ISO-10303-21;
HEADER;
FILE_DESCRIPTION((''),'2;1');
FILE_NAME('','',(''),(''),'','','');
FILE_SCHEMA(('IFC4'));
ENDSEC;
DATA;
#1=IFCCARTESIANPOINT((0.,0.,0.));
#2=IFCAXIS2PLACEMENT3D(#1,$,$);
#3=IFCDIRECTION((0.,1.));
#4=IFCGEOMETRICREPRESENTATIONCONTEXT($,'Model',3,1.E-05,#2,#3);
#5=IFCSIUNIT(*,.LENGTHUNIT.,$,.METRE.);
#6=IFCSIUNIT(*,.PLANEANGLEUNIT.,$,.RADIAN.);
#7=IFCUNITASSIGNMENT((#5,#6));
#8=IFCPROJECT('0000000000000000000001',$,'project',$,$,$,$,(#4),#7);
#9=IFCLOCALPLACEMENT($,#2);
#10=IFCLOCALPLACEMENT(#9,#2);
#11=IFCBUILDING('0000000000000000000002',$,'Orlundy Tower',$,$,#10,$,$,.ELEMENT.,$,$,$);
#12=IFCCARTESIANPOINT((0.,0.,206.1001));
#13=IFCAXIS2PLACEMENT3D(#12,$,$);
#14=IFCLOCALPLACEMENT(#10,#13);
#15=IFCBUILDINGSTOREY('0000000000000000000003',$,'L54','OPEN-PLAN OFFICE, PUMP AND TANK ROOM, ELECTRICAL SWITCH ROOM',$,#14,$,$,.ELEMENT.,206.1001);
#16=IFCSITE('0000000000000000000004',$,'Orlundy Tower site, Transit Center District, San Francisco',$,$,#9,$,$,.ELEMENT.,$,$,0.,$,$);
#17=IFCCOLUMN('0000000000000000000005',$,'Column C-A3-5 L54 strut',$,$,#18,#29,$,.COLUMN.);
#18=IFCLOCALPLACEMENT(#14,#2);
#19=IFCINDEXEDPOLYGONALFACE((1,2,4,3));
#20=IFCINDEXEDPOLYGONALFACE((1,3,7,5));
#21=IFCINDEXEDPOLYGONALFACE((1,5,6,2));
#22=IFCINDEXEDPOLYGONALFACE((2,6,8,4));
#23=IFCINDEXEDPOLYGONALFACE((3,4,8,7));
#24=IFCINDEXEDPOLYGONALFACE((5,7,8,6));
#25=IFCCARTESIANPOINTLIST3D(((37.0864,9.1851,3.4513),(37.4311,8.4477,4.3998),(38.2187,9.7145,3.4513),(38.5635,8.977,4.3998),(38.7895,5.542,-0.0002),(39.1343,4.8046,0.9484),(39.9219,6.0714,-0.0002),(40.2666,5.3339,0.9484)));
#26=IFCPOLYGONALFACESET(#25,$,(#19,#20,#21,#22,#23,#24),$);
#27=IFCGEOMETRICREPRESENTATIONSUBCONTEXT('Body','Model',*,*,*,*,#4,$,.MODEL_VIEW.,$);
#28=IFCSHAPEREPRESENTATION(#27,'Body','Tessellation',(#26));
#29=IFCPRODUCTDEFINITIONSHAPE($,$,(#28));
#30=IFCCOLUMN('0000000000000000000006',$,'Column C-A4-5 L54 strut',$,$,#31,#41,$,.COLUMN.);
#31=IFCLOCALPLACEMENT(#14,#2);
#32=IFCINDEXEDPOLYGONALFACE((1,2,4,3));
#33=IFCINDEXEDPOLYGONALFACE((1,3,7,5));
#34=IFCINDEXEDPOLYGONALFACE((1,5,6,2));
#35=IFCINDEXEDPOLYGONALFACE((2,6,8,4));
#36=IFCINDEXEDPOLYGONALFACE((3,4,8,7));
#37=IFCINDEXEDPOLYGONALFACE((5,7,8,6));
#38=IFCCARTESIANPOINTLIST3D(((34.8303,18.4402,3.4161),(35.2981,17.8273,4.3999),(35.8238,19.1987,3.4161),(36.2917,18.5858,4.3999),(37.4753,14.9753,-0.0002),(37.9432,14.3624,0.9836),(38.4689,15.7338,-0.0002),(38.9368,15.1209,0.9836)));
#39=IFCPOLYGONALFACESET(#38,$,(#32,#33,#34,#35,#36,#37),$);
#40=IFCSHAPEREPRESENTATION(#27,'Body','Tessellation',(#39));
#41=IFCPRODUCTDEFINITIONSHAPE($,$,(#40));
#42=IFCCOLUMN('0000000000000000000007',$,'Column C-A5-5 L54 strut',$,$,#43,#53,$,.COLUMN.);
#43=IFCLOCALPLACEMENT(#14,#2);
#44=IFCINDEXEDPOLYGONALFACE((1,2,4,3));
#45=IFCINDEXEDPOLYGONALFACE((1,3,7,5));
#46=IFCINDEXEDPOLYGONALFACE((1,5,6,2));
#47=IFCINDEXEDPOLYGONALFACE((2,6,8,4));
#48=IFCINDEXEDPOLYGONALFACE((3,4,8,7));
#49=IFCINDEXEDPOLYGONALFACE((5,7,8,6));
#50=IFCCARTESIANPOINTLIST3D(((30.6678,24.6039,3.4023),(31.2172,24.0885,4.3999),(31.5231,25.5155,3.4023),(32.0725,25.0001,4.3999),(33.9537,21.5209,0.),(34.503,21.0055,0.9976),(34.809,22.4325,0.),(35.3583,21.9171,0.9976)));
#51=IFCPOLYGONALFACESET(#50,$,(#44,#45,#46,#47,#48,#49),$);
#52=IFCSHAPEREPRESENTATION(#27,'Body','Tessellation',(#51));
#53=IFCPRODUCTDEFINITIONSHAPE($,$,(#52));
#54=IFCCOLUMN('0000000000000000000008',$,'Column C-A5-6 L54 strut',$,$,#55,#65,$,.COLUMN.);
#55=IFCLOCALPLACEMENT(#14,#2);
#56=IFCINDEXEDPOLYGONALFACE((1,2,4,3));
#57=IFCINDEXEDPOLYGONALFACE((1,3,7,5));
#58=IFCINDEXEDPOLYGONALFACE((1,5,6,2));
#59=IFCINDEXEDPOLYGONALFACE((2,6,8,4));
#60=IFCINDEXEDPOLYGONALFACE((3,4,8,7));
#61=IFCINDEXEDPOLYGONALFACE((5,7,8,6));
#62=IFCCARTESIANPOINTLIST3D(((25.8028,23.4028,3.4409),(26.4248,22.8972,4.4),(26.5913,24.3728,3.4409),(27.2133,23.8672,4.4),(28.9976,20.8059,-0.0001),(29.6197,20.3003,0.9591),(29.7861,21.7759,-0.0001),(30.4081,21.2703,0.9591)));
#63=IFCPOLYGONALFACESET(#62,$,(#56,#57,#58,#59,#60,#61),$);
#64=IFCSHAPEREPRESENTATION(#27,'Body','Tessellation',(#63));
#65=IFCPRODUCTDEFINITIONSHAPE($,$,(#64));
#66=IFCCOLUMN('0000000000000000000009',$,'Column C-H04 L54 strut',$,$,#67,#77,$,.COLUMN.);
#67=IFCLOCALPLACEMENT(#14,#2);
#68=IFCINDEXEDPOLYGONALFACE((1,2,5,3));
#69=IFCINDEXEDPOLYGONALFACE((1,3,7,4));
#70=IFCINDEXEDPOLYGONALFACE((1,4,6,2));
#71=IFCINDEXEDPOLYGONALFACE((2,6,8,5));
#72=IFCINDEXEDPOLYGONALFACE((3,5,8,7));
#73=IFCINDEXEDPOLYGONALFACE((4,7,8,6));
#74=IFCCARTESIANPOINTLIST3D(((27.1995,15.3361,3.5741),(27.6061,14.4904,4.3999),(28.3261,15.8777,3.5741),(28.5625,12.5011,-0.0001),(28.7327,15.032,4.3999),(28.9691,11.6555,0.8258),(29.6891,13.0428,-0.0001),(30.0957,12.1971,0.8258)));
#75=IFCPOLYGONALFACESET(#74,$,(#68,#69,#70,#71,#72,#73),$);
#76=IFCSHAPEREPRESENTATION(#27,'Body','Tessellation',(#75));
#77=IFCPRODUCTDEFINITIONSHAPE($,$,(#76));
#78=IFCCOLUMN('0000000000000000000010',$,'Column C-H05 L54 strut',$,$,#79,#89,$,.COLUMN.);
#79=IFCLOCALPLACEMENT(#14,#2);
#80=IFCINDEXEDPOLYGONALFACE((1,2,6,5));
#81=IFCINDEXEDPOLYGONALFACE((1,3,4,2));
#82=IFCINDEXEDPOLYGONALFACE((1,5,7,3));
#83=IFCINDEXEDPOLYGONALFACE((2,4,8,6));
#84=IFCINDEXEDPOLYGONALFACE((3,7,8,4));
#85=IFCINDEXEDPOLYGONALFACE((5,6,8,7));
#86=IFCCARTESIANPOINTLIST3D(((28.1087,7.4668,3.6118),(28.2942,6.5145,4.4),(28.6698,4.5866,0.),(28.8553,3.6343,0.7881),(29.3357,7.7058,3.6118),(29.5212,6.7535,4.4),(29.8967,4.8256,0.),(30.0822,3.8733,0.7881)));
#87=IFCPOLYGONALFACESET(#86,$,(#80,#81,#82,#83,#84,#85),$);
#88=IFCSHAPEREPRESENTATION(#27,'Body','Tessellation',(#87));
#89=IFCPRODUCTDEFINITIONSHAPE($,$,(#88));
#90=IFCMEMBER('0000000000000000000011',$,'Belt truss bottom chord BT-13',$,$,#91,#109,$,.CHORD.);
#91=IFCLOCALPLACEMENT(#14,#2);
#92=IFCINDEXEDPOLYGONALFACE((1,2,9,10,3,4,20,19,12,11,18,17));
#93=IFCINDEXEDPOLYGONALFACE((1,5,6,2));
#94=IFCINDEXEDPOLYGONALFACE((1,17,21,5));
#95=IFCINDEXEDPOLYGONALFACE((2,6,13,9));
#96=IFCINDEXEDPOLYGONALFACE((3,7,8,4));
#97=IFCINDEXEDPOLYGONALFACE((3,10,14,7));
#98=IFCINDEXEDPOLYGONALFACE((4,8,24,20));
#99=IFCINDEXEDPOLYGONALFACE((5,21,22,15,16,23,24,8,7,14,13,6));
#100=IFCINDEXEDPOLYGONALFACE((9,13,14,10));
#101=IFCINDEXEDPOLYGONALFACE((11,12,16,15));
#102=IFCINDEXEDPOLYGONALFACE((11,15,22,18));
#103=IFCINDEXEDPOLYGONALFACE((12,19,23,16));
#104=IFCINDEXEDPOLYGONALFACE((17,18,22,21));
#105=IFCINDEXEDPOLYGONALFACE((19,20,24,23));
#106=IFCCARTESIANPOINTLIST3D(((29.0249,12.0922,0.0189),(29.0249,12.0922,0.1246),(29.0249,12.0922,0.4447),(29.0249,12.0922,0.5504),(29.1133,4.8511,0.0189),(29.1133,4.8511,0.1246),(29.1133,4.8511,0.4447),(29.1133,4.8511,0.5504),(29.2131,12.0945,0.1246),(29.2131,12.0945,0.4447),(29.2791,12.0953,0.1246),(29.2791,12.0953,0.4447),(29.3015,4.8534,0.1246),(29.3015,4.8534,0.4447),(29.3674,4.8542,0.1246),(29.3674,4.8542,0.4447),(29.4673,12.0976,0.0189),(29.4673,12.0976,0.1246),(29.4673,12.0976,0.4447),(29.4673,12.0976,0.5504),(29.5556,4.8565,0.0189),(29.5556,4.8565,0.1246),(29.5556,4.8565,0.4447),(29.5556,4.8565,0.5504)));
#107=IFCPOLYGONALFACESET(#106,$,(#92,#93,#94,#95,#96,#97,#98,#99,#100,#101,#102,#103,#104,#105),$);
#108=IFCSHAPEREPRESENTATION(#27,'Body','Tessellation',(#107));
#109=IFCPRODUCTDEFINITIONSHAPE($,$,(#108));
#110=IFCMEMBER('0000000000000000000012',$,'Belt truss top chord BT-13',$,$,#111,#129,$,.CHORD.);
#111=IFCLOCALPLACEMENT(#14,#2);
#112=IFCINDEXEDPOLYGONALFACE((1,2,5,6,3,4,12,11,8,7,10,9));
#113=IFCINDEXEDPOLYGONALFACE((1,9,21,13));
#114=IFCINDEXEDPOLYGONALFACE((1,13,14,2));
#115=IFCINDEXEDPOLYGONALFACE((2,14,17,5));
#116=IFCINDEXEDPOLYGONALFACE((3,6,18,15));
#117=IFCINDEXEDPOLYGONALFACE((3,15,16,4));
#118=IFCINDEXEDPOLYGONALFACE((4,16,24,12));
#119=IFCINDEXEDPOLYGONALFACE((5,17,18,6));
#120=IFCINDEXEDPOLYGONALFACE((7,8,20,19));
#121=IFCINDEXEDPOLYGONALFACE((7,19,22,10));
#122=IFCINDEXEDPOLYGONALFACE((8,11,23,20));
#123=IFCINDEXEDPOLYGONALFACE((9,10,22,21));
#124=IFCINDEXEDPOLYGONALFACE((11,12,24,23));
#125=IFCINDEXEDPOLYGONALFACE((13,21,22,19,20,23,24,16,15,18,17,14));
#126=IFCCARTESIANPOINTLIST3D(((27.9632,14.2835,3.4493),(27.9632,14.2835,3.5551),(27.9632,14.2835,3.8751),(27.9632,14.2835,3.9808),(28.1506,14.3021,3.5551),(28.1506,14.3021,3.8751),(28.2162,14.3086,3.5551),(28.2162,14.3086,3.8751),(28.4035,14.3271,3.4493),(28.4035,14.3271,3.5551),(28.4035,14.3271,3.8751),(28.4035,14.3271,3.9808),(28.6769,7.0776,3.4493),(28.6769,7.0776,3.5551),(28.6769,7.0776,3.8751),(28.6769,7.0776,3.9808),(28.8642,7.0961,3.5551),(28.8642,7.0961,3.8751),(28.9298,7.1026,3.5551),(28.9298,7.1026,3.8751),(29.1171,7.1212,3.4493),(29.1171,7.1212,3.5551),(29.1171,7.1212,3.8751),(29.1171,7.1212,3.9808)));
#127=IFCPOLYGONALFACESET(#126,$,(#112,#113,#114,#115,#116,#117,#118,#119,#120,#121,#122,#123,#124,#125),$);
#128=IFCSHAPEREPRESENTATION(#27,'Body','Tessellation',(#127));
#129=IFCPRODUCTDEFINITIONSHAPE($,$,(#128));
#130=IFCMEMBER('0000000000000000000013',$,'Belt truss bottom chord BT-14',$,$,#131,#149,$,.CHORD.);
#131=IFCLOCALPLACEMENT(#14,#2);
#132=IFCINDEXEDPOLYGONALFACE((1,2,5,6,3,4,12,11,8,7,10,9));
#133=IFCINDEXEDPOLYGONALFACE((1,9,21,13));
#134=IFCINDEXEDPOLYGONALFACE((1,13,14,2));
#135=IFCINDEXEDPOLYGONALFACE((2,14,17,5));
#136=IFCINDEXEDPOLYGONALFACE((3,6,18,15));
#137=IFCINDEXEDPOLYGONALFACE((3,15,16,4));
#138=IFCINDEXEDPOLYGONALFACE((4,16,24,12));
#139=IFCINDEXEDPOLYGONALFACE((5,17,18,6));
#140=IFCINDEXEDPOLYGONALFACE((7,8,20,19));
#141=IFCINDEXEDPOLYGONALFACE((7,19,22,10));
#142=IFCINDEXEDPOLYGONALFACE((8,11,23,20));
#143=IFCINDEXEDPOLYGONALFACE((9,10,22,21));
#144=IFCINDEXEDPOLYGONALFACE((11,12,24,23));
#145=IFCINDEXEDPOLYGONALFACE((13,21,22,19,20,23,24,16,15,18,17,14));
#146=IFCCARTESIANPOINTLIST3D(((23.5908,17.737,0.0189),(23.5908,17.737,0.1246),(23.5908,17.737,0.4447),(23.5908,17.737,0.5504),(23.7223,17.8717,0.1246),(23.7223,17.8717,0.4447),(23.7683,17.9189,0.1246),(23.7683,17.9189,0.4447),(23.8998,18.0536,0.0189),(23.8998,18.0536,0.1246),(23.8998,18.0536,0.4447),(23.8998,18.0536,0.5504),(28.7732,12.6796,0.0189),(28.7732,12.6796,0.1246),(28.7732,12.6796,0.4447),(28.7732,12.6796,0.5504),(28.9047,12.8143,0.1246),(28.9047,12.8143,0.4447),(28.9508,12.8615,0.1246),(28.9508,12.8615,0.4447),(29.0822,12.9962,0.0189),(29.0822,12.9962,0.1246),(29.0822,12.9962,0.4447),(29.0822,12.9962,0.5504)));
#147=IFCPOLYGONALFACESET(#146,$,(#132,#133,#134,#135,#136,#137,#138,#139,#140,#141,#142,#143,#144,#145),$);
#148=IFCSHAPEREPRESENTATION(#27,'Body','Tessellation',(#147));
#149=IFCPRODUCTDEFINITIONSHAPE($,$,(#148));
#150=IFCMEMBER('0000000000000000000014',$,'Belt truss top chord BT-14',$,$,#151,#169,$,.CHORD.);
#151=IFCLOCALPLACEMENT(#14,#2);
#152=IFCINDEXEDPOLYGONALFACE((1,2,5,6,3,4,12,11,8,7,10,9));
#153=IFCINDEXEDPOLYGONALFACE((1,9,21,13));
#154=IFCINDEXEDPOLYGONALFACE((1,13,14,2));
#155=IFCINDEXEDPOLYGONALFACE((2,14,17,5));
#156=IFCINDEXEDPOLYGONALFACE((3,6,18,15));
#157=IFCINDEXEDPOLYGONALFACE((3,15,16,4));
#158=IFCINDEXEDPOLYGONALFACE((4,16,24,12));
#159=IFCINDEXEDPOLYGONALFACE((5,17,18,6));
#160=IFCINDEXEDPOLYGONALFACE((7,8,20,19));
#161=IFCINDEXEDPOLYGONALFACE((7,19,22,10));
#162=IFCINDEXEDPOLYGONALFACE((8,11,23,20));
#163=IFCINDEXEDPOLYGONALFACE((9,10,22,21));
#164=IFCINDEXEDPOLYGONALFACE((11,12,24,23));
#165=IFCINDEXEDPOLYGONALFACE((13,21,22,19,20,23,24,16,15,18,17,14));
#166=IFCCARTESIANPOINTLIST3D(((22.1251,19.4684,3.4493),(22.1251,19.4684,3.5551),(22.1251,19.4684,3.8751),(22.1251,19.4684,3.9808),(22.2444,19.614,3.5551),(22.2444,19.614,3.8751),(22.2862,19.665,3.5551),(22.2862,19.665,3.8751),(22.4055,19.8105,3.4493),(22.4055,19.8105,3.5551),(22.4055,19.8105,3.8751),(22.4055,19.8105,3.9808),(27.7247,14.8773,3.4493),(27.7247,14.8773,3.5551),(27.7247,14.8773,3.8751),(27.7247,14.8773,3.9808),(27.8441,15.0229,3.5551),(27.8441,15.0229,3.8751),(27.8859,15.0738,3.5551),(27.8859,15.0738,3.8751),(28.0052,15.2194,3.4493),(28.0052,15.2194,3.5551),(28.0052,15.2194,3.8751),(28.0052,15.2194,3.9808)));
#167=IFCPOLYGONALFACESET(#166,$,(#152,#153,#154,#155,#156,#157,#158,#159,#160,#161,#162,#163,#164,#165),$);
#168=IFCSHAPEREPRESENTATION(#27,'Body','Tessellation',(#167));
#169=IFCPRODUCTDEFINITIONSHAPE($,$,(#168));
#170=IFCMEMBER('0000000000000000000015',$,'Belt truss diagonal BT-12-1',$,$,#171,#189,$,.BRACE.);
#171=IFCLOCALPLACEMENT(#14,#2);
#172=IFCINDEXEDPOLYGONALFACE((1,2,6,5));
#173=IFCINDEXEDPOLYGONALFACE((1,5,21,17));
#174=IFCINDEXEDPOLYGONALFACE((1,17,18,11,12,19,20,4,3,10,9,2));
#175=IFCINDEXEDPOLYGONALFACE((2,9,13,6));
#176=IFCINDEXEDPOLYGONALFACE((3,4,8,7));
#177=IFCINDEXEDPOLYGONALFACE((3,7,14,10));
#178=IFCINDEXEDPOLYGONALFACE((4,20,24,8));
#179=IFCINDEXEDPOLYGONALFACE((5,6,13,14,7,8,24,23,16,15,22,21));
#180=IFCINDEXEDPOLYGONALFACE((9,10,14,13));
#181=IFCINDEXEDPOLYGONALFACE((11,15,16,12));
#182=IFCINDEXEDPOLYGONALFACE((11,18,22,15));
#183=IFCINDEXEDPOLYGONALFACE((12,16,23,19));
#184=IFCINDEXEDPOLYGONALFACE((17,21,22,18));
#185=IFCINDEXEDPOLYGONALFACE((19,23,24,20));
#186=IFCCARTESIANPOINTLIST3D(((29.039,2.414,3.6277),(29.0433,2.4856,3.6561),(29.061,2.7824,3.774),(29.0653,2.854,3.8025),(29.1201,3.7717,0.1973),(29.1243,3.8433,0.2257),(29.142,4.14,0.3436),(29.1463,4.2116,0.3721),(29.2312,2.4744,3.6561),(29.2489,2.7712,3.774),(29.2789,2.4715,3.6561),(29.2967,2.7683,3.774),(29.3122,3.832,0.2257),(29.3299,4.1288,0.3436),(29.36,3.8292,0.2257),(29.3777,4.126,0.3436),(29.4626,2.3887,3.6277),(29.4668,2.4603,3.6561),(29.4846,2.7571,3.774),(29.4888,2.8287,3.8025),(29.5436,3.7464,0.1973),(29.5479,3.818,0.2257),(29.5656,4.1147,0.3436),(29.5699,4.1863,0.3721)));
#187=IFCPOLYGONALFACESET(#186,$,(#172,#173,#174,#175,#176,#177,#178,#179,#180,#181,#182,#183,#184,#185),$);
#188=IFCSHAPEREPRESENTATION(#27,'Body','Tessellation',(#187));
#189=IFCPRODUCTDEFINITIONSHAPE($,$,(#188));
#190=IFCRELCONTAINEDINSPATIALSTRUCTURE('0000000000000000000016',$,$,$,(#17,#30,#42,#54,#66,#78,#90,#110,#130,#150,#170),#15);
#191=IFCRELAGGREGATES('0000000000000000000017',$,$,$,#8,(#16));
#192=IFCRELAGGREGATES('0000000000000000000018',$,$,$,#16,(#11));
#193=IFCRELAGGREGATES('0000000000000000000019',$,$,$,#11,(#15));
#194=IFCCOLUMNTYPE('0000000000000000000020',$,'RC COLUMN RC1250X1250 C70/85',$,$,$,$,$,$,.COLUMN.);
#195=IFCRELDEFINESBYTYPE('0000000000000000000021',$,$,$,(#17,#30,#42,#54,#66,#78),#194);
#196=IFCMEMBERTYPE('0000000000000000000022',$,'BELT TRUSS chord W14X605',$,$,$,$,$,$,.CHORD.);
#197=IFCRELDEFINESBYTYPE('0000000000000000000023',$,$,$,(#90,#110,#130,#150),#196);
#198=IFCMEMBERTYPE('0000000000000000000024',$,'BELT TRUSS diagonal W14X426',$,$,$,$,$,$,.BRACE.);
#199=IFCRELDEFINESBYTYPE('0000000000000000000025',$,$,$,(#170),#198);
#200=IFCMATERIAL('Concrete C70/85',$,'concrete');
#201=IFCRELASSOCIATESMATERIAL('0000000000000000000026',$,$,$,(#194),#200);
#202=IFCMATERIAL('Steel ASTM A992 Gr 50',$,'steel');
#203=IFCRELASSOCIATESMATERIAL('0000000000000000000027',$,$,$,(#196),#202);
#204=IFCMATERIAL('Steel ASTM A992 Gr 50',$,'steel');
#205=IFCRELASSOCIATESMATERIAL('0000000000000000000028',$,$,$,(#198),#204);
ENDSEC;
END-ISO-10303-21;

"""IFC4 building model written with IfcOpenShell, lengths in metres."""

from ifc_helpers import new_model, si_unit, direction, frame, origin, origin_2d, place, context, subcontext, project, spatial, rectangle, i_section, extrude, material, material_profile, profile_set, type_object, element, save


model = new_model("IFC4")

# Units and contexts
model_context = context("Model", 3, precision=1e-05, world=origin(), true_north=direction((0.0, 1.0)))
body_context = subcontext(model_context, "Body", "Model", "MODEL_VIEW")
ifc_project = project(units=[si_unit("LENGTHUNIT", "METRE"), si_unit("PLANEANGLEUNIT", "RADIAN")], contexts=[model_context])

# Site, building, storey
site_placement = place(None, origin())
site = spatial("IfcSite", under=ifc_project, at=site_placement, Name="Orlundy Tower site, Transit Center District, San Francisco", CompositionType="ELEMENT", RefElevation=0.0)
building_placement = place(site_placement, origin())
building = spatial("IfcBuilding", under=site, at=building_placement, Name="Orlundy Tower", CompositionType="ELEMENT")
storey_placement = place(building_placement, frame((0.0, 0.0, 206.1001)))
storey = spatial("IfcBuildingStorey", under=building, at=storey_placement, Name="L54", Description="OPEN-PLAN OFFICE, PUMP AND TANK ROOM, ELECTRICAL SWITCH ROOM", CompositionType="ELEMENT", Elevation=206.1001)

# Columns
ifc_material_1 = material(Name="Concrete C70/85", Category="concrete")
ifc_material_profile_1 = material_profile(ifc_material_1, rectangle(XDim=1.25, YDim=1.25, at=origin_2d()), Name="RC1250X1250")
ifc_profile_set_1 = profile_set([ifc_material_profile_1], Name="Concrete C70/85")
column_type = type_object("IfcColumnType", Name="RC COLUMN RC1250X1250 C70/85", PredefinedType="COLUMN", material=ifc_profile_set_1)
column_1_placement = place(storey_placement, frame((39.5281, 5.438, 0.4741), z_axis=(-0.321374, 0.687434, 0.65127), x_axis=(-0.905894, -0.423504, 0.0)))
element("IfcColumn", 1, at=column_1_placement, inside=storey, type_object=column_type, Name="Column C-A3-5 L54 strut", PredefinedType="COLUMN", context=body_context, shape_type="SweptSolid", body=[
    extrude(rectangle(XDim=1.25, YDim=1.25, at=origin_2d()), origin(), (0.0, 0.0, 1.0), 5.2996),
])
column_2_placement = place(storey_placement, frame((38.2061, 15.0481, 0.4917), z_axis=(-0.477592, 0.625622, 0.616849), x_axis=(-0.794863, -0.606789, 0.0)))
element("IfcColumn", 2, at=column_2_placement, inside=storey, type_object=column_type, Name="Column C-A4-5 L54 strut", PredefinedType="COLUMN", context=body_context, shape_type="SweptSolid", body=[
    extrude(rectangle(XDim=1.25, YDim=1.25, at=origin_2d()), origin(), (0.0, 0.0, 1.0), 5.5383),
])
column_3_placement = place(storey_placement, frame((34.656, 21.719, 0.4988), z_axis=(-0.58198, 0.546046, 0.602605), x_axis=(-0.684235, -0.729262, 0.0)))
element("IfcColumn", 3, at=column_3_placement, inside=storey, type_object=column_type, Name="Column C-A5-5 L54 strut", PredefinedType="COLUMN", context=body_context, shape_type="SweptSolid", body=[
    extrude(rectangle(XDim=1.25, YDim=1.25, at=origin_2d()), origin(), (0.0, 0.0, 1.0), 5.646),
])
column_4_placement = place(storey_placement, frame((29.7029, 21.0381, 0.4795), z_axis=(-0.595415, 0.483985, 0.641279), x_axis=(-0.630758, -0.77598, 0.0)))
element("IfcColumn", 4, at=column_4_placement, inside=storey, type_object=column_type, Name="Column C-A5-6 L54 strut", PredefinedType="COLUMN", context=body_context, shape_type="SweptSolid", body=[
    extrude(rectangle(XDim=1.25, YDim=1.25, at=origin_2d()), origin(), (0.0, 0.0, 1.0), 5.3657),
])
column_5_placement = place(storey_placement, frame((29.3291, 12.3491, 0.4128), z_axis=(-0.286275, 0.595418, 0.750682), x_axis=(-0.901243, -0.433314, 0.0)))
element("IfcColumn", 5, at=column_5_placement, inside=storey, type_object=column_type, Name="Column C-H04 L54 strut", PredefinedType="COLUMN", context=body_context, shape_type="SweptSolid", body=[
    extrude(rectangle(XDim=1.25, YDim=1.25, at=origin_2d()), origin(), (0.0, 0.0, 1.0), 4.7612),
])
column_6_placement = place(storey_placement, frame((29.376, 4.23, 0.394), z_axis=(-0.120562, 0.618916, 0.77615), x_axis=(-0.981551, -0.191201, 0.0)))
element("IfcColumn", 6, at=column_6_placement, inside=storey, type_object=column_type, Name="Column C-H05 L54 strut", PredefinedType="COLUMN", context=body_context, shape_type="SweptSolid", body=[
    extrude(rectangle(XDim=1.25, YDim=1.25, at=origin_2d()), origin(), (0.0, 0.0, 1.0), 4.6536),
])

# Members
ifc_material_2 = material(Name="Steel ASTM A992 Gr 50", Category="steel")
ifc_material_profile_2 = material_profile(ifc_material_2, i_section(OverallWidth=0.4424, OverallDepth=0.5315, WebThickness=0.0659, FlangeThickness=0.1057, at=origin_2d()), Name="W14X605")
ifc_profile_set_2 = profile_set([ifc_material_profile_2], Name="Steel ASTM A992 Gr 50")
member_type_1 = type_object("IfcMemberType", Name="BELT TRUSS chord W14X605", PredefinedType="CHORD", material=ifc_profile_set_2)
member_1_placement = place(storey_placement, frame((29.3345, 4.8538, 0.2847), z_axis=(-0.012204, 0.999926, 0.0), x_axis=(-0.999926, -0.012204, 0.0)))
element("IfcMember", 7, at=member_1_placement, inside=storey, type_object=member_type_1, Name="Belt truss bottom chord BT-13", PredefinedType="CHORD", context=body_context, shape_type="SweptSolid", body=[
    extrude(i_section(OverallWidth=0.4424, OverallDepth=0.5315, WebThickness=0.0659, FlangeThickness=0.1057, at=origin_2d()), origin(), (0.0, 0.0, 1.0), 7.2417),
])
for number, where, z_axis, x_axis, name in (
    (8, (28.897, 7.0994, 3.7151), (-0.098549, 0.995132, 0.0), (-0.995132, -0.098549, 0.0), "Belt truss top chord BT-13"),
    (9, (28.9277, 12.8379, 0.2847), (-0.715685, 0.698423, 0.0), (-0.698423, -0.715685, 0.0), "Belt truss bottom chord BT-14"),
    (10, (27.865, 15.0483, 3.7151), (-0.773309, 0.634029, 0.0), (-0.634029, -0.773309, 0.0), "Belt truss top chord BT-14"),
):
    element("IfcMember", number, at=place(storey_placement, frame(where, z_axis=z_axis, x_axis=x_axis)), inside=storey, type_object=member_type_1, Name=name, PredefinedType="CHORD", context=body_context, shape_type="SweptSolid", body=[
        extrude(i_section(OverallWidth=0.4424, OverallDepth=0.5315, WebThickness=0.0659, FlangeThickness=0.1057, at=origin_2d()), origin(), (0.0, 0.0, 1.0), 7.2412),
    ])
ifc_material_3 = material(Name="Steel ASTM A992 Gr 50", Category="steel")
ifc_material_profile_3 = material_profile(ifc_material_3, i_section(OverallWidth=0.4243, OverallDepth=0.4741, WebThickness=0.0479, FlangeThickness=0.0771, at=origin_2d()), Name="W14X426")
ifc_profile_set_3 = profile_set([ifc_material_profile_3], Name="Steel ASTM A992 Gr 50")
member_type_2 = type_object("IfcMemberType", Name="BELT TRUSS diagonal W14X426", PredefinedType="BRACE", material=ifc_profile_set_3)
member_2_placement = place(storey_placement, frame((29.2639, 2.6213, 3.7151), z_axis=(0.021965, 0.367911, -0.929602), x_axis=(-0.998223, 0.059595, 0.0)))
element("IfcMember", 11, at=member_2_placement, inside=storey, type_object=member_type_2, Name="Belt truss diagonal BT-12-1", PredefinedType="BRACE", context=body_context, shape_type="SweptSolid", body=[
    extrude(i_section(OverallWidth=0.4243, OverallDepth=0.4741, WebThickness=0.0479, FlangeThickness=0.0771, at=origin_2d()), origin(), (0.0, 0.0, 1.0), 3.6902),
])

save(model, "model.ifc")
